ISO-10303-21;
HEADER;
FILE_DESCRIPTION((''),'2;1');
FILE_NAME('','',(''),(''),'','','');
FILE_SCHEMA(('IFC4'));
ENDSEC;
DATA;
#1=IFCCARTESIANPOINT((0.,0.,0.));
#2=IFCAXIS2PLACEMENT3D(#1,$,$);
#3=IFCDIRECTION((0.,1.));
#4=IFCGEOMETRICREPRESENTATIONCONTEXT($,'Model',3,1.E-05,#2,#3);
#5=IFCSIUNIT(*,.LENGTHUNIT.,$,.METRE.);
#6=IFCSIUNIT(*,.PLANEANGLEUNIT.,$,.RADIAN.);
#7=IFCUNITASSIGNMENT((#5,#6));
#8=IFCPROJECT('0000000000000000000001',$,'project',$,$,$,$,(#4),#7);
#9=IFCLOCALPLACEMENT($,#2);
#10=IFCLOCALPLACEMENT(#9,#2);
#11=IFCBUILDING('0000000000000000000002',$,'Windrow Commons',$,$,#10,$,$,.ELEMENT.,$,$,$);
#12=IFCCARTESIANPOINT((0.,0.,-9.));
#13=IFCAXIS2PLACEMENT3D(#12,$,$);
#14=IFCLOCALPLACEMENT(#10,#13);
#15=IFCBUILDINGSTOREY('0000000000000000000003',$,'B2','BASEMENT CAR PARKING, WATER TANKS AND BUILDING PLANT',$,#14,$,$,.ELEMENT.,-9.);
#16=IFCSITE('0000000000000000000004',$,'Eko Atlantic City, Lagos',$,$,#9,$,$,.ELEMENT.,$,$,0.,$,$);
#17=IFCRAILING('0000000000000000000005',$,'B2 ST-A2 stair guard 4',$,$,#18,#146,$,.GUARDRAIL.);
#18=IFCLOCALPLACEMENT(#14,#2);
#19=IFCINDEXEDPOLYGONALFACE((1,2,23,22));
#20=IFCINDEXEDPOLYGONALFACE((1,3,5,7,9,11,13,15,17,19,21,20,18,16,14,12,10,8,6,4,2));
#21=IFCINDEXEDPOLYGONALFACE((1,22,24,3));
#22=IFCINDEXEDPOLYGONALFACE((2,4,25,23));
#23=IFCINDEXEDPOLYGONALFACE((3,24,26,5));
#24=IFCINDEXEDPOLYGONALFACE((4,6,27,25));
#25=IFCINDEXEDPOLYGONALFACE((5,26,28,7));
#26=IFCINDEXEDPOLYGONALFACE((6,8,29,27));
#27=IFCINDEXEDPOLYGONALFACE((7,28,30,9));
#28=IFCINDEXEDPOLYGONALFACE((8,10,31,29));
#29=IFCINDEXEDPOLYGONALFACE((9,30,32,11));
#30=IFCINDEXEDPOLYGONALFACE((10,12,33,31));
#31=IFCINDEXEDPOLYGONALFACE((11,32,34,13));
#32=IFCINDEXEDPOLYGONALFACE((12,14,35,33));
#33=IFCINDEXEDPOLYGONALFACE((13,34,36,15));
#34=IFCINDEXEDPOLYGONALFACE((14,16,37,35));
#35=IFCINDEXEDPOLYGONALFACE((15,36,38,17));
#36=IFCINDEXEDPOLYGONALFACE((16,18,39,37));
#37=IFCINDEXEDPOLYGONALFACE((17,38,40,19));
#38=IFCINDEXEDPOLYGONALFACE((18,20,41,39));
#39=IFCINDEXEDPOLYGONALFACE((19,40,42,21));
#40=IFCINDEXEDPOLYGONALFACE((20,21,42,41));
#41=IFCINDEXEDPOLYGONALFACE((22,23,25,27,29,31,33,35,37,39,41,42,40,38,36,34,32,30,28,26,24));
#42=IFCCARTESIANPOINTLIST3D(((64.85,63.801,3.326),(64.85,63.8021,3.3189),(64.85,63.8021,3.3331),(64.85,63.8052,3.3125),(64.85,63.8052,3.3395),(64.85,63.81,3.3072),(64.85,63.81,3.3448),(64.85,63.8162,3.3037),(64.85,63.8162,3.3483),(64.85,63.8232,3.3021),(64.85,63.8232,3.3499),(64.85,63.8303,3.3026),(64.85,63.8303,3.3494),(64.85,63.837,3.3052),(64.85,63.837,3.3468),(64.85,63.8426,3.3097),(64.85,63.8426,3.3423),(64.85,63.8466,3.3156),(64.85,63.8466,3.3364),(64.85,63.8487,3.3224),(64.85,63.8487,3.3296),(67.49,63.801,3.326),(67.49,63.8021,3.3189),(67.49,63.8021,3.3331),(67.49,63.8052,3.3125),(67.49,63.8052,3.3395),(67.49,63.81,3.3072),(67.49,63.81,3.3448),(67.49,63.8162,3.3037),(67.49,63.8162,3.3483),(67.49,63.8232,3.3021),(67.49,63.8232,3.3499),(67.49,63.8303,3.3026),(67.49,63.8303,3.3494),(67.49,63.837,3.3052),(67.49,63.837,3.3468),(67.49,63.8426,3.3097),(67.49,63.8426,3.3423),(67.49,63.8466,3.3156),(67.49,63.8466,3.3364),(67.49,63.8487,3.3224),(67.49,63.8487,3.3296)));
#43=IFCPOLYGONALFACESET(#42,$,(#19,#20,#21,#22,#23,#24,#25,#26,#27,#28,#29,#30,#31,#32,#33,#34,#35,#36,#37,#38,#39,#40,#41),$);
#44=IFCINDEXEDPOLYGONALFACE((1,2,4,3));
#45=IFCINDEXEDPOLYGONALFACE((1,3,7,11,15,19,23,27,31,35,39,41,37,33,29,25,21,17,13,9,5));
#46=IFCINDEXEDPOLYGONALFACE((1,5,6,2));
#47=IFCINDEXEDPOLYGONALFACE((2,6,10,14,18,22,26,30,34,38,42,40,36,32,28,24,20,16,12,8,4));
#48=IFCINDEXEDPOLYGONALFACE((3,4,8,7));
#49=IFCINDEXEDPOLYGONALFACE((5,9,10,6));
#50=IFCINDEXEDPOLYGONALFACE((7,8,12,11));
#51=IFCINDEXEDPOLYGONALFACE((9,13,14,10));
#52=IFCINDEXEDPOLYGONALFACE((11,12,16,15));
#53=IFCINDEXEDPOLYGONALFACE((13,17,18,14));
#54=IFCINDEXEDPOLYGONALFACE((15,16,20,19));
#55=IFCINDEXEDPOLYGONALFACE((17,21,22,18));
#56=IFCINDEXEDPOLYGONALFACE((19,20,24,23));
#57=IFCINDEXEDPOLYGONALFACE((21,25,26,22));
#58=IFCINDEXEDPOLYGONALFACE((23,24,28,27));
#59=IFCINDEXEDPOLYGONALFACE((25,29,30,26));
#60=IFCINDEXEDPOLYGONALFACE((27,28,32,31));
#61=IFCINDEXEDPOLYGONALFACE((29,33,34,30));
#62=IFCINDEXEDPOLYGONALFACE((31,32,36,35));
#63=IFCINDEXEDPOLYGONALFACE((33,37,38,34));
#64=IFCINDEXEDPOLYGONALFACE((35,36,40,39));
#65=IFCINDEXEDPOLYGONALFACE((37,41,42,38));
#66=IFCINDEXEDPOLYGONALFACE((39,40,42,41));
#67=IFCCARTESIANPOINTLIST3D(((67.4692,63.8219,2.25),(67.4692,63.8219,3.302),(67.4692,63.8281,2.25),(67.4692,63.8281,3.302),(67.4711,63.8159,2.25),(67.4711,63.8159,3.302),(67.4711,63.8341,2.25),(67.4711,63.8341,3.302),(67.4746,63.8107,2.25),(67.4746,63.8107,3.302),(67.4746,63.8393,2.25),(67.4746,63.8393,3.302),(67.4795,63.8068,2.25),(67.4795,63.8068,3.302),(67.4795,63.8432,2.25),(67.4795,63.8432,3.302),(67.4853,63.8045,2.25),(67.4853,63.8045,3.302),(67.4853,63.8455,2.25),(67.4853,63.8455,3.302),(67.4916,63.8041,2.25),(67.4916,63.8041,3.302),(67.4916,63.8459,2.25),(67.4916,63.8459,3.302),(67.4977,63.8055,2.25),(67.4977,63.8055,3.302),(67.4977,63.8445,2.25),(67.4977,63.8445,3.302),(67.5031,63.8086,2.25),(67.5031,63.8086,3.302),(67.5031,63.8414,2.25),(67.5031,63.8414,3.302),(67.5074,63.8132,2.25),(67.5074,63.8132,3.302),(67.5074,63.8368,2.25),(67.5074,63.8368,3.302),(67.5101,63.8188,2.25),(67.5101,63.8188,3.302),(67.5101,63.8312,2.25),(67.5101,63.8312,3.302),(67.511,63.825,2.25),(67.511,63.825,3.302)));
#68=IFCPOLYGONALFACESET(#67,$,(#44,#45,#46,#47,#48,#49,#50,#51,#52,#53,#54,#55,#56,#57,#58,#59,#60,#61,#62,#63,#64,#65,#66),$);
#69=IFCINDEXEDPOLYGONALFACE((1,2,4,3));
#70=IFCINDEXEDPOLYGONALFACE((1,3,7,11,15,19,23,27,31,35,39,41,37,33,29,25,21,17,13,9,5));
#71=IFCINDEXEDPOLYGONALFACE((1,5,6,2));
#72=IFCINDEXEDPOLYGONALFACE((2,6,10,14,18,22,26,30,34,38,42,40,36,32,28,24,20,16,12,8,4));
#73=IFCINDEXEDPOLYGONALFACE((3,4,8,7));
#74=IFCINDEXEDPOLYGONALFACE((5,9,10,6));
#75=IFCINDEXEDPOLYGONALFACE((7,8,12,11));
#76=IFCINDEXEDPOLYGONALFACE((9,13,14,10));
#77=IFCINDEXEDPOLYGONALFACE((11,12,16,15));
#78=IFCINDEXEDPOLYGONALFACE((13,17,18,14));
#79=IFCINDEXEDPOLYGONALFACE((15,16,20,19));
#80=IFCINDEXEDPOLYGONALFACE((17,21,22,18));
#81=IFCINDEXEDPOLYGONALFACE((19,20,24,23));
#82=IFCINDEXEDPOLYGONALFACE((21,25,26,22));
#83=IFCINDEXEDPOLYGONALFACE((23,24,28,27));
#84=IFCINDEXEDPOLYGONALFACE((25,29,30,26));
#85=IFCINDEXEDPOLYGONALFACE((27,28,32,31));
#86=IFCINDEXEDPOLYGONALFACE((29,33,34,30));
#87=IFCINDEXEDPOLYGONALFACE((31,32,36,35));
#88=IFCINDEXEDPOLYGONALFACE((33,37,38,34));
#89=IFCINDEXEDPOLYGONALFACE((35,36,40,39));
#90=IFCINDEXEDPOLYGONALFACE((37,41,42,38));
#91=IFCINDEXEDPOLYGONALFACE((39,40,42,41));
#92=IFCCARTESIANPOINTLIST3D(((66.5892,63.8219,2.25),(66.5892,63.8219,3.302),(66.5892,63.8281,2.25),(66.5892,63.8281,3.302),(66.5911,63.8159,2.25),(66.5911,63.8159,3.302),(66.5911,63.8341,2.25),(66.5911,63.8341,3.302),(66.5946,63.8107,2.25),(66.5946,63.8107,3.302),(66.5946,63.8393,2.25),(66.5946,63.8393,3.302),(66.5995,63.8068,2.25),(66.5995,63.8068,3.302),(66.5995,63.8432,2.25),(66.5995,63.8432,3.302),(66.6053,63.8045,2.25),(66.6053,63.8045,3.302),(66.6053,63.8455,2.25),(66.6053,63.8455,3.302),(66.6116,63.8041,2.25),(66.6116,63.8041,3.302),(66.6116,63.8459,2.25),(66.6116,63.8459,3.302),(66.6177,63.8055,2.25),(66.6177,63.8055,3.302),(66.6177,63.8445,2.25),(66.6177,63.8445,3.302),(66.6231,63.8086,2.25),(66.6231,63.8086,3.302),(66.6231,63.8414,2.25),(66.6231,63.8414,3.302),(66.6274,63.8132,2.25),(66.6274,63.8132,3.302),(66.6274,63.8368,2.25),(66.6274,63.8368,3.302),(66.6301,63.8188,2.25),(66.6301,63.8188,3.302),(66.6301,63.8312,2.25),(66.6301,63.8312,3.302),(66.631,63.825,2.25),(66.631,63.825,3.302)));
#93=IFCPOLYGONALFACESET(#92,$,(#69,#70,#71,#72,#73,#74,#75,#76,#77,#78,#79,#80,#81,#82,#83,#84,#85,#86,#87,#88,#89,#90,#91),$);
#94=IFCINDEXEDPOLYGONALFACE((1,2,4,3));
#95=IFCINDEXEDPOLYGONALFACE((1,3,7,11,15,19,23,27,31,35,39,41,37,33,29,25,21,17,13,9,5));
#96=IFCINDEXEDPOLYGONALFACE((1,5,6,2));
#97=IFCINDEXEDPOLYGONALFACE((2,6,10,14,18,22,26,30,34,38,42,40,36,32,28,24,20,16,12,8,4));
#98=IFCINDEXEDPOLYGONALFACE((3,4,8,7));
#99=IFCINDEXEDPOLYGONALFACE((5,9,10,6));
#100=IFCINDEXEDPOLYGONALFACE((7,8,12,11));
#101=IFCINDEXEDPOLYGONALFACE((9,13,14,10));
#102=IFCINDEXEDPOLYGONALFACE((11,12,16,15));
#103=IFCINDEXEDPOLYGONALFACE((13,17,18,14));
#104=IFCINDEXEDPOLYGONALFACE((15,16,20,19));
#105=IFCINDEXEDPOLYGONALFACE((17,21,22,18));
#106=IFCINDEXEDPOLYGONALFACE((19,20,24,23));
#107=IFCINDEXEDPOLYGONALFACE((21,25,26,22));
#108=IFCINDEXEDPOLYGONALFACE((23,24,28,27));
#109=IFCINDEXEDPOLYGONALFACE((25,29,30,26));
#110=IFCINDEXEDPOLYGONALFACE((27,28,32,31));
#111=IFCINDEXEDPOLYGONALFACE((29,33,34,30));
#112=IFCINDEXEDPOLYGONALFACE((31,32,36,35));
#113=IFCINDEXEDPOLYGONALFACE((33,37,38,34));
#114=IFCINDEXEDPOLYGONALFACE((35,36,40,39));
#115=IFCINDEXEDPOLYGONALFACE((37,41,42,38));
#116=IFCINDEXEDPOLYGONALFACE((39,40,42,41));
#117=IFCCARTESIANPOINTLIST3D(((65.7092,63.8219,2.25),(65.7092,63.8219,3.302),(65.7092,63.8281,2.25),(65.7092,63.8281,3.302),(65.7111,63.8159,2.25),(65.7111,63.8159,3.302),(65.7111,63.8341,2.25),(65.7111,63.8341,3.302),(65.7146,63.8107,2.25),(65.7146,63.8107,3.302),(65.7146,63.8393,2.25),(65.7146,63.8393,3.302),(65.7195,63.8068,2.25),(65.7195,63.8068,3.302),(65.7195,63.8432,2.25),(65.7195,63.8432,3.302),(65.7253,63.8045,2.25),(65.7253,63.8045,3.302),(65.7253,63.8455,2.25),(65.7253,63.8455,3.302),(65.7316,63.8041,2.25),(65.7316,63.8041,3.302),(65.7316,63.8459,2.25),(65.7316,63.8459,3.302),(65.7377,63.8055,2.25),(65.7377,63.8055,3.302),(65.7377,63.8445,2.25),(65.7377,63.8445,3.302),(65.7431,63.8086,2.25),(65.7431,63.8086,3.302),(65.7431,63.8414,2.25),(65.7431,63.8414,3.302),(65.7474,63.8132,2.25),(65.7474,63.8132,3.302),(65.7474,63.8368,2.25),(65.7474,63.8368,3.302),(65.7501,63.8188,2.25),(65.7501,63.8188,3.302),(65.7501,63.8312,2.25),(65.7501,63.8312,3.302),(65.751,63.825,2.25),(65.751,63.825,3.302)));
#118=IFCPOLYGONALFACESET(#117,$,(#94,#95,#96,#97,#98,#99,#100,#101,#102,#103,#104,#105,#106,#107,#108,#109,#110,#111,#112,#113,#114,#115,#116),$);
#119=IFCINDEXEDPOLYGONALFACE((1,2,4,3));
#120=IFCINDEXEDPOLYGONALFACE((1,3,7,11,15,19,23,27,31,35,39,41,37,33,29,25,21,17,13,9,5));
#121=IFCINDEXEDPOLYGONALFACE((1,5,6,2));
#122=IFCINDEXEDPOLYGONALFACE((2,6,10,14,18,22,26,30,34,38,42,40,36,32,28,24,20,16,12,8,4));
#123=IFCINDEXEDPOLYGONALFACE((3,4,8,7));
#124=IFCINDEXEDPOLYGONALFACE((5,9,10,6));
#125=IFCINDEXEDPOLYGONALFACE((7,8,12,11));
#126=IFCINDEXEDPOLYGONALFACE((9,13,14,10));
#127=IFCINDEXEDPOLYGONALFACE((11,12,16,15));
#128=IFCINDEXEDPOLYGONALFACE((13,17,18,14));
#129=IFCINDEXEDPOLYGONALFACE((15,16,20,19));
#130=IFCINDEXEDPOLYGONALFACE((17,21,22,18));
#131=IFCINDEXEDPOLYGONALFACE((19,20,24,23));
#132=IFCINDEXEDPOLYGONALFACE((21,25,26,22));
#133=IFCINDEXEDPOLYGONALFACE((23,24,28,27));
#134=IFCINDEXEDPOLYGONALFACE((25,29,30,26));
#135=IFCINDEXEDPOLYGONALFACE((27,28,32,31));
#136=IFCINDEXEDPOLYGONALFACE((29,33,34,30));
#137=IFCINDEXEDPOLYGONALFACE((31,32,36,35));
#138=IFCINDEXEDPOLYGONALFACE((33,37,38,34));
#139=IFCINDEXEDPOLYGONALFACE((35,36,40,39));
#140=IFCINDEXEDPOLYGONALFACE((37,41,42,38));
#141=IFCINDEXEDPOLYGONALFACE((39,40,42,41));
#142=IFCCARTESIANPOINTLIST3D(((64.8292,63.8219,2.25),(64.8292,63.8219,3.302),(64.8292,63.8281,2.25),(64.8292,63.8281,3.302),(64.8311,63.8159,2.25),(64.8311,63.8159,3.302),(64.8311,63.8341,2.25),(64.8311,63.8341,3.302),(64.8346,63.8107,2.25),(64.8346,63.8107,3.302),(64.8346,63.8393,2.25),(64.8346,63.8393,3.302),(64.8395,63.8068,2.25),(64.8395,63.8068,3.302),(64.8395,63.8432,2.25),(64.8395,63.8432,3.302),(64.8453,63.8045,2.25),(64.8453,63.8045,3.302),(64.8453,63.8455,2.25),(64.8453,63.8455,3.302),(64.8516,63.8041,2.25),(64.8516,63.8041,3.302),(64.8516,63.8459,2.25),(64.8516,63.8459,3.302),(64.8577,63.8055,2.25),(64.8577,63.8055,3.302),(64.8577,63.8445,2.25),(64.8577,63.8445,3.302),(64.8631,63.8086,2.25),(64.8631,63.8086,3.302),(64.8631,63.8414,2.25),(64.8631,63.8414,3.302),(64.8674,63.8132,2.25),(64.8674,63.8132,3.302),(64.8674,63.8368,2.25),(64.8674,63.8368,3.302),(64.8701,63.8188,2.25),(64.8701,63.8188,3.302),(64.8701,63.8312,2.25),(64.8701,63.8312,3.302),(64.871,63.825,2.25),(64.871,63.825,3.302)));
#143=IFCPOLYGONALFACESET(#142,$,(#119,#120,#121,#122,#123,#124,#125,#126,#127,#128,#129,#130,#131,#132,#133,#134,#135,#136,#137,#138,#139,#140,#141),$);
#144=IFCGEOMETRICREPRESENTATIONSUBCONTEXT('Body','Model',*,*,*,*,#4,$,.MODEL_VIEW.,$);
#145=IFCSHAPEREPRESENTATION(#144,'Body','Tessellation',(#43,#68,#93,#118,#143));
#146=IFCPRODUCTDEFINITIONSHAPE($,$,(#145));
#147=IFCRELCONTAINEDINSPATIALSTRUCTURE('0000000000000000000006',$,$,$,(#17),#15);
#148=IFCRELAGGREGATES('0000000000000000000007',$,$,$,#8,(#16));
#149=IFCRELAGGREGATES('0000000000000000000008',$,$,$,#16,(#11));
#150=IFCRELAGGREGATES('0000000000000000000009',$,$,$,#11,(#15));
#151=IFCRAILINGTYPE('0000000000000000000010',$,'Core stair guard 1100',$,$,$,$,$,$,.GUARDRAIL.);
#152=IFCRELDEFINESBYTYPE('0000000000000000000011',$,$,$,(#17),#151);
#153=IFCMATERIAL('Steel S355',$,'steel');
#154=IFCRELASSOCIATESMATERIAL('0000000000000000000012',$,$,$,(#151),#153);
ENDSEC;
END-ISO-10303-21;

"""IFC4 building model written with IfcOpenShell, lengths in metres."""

from ifc_helpers import new_model, si_unit, direction, frame, origin, origin_2d, place, context, subcontext, project, spatial, circle, extrude, material, type_object, element, save


model = new_model("IFC4")

# Units and contexts
model_context = context("Model", 3, precision=1e-05, world=origin(), true_north=direction((0.0, 1.0)))
body_context = subcontext(model_context, "Body", "Model", "MODEL_VIEW")
ifc_project = project(units=[si_unit("LENGTHUNIT", "METRE"), si_unit("PLANEANGLEUNIT", "RADIAN")], contexts=[model_context])

# Site, building, storey
site_placement = place(None, origin())
site = spatial("IfcSite", under=ifc_project, at=site_placement, Name="Eko Atlantic City, Lagos", CompositionType="ELEMENT", RefElevation=0.0)
building_placement = place(site_placement, origin())
building = spatial("IfcBuilding", under=site, at=building_placement, Name="Windrow Commons", CompositionType="ELEMENT")
storey_placement = place(building_placement, frame((0.0, 0.0, -9.0)))
storey = spatial("IfcBuildingStorey", under=building, at=storey_placement, Name="B2", Description="BASEMENT CAR PARKING, WATER TANKS AND BUILDING PLANT", CompositionType="ELEMENT", Elevation=-9.0)

# Railing
ifc_material_1 = material(Name="Steel S355", Category="steel")
railing_type_1 = type_object("IfcRailingType", Name="Core stair guard 1100", PredefinedType="GUARDRAIL", material=ifc_material_1)
railing_1_placement = place(storey_placement, frame((67.49, 63.825, 2.25)))
element("IfcRailing", 1, at=railing_1_placement, inside=storey, type_object=railing_type_1, Name="B2 ST-A2 stair guard 4", PredefinedType="GUARDRAIL", context=body_context, shape_type="SweptSolid", body=[
    extrude(circle(Radius=0.024, at=origin_2d()), frame((0.0, 0.0, 1.076), z_axis=(-1.0, 0.0, 0.0), x_axis=(0.0, -1.0, 0.0)), (0.0, 0.0, 1.0), 2.64),
    extrude(circle(Radius=0.021, at=origin_2d()), origin(), (0.0, 0.0, 1.0), 1.052),
    extrude(circle(Radius=0.021, at=origin_2d()), frame((-0.88, 0.0, 0.0)), (0.0, 0.0, 1.0), 1.052),
    extrude(circle(Radius=0.021, at=origin_2d()), frame((-1.76, 0.0, 0.0)), (0.0, 0.0, 1.0), 1.052),
    extrude(circle(Radius=0.021, at=origin_2d()), frame((-2.64, 0.0, 0.0)), (0.0, 0.0, 1.0), 1.052),
])

save(model, "model.ifc")
